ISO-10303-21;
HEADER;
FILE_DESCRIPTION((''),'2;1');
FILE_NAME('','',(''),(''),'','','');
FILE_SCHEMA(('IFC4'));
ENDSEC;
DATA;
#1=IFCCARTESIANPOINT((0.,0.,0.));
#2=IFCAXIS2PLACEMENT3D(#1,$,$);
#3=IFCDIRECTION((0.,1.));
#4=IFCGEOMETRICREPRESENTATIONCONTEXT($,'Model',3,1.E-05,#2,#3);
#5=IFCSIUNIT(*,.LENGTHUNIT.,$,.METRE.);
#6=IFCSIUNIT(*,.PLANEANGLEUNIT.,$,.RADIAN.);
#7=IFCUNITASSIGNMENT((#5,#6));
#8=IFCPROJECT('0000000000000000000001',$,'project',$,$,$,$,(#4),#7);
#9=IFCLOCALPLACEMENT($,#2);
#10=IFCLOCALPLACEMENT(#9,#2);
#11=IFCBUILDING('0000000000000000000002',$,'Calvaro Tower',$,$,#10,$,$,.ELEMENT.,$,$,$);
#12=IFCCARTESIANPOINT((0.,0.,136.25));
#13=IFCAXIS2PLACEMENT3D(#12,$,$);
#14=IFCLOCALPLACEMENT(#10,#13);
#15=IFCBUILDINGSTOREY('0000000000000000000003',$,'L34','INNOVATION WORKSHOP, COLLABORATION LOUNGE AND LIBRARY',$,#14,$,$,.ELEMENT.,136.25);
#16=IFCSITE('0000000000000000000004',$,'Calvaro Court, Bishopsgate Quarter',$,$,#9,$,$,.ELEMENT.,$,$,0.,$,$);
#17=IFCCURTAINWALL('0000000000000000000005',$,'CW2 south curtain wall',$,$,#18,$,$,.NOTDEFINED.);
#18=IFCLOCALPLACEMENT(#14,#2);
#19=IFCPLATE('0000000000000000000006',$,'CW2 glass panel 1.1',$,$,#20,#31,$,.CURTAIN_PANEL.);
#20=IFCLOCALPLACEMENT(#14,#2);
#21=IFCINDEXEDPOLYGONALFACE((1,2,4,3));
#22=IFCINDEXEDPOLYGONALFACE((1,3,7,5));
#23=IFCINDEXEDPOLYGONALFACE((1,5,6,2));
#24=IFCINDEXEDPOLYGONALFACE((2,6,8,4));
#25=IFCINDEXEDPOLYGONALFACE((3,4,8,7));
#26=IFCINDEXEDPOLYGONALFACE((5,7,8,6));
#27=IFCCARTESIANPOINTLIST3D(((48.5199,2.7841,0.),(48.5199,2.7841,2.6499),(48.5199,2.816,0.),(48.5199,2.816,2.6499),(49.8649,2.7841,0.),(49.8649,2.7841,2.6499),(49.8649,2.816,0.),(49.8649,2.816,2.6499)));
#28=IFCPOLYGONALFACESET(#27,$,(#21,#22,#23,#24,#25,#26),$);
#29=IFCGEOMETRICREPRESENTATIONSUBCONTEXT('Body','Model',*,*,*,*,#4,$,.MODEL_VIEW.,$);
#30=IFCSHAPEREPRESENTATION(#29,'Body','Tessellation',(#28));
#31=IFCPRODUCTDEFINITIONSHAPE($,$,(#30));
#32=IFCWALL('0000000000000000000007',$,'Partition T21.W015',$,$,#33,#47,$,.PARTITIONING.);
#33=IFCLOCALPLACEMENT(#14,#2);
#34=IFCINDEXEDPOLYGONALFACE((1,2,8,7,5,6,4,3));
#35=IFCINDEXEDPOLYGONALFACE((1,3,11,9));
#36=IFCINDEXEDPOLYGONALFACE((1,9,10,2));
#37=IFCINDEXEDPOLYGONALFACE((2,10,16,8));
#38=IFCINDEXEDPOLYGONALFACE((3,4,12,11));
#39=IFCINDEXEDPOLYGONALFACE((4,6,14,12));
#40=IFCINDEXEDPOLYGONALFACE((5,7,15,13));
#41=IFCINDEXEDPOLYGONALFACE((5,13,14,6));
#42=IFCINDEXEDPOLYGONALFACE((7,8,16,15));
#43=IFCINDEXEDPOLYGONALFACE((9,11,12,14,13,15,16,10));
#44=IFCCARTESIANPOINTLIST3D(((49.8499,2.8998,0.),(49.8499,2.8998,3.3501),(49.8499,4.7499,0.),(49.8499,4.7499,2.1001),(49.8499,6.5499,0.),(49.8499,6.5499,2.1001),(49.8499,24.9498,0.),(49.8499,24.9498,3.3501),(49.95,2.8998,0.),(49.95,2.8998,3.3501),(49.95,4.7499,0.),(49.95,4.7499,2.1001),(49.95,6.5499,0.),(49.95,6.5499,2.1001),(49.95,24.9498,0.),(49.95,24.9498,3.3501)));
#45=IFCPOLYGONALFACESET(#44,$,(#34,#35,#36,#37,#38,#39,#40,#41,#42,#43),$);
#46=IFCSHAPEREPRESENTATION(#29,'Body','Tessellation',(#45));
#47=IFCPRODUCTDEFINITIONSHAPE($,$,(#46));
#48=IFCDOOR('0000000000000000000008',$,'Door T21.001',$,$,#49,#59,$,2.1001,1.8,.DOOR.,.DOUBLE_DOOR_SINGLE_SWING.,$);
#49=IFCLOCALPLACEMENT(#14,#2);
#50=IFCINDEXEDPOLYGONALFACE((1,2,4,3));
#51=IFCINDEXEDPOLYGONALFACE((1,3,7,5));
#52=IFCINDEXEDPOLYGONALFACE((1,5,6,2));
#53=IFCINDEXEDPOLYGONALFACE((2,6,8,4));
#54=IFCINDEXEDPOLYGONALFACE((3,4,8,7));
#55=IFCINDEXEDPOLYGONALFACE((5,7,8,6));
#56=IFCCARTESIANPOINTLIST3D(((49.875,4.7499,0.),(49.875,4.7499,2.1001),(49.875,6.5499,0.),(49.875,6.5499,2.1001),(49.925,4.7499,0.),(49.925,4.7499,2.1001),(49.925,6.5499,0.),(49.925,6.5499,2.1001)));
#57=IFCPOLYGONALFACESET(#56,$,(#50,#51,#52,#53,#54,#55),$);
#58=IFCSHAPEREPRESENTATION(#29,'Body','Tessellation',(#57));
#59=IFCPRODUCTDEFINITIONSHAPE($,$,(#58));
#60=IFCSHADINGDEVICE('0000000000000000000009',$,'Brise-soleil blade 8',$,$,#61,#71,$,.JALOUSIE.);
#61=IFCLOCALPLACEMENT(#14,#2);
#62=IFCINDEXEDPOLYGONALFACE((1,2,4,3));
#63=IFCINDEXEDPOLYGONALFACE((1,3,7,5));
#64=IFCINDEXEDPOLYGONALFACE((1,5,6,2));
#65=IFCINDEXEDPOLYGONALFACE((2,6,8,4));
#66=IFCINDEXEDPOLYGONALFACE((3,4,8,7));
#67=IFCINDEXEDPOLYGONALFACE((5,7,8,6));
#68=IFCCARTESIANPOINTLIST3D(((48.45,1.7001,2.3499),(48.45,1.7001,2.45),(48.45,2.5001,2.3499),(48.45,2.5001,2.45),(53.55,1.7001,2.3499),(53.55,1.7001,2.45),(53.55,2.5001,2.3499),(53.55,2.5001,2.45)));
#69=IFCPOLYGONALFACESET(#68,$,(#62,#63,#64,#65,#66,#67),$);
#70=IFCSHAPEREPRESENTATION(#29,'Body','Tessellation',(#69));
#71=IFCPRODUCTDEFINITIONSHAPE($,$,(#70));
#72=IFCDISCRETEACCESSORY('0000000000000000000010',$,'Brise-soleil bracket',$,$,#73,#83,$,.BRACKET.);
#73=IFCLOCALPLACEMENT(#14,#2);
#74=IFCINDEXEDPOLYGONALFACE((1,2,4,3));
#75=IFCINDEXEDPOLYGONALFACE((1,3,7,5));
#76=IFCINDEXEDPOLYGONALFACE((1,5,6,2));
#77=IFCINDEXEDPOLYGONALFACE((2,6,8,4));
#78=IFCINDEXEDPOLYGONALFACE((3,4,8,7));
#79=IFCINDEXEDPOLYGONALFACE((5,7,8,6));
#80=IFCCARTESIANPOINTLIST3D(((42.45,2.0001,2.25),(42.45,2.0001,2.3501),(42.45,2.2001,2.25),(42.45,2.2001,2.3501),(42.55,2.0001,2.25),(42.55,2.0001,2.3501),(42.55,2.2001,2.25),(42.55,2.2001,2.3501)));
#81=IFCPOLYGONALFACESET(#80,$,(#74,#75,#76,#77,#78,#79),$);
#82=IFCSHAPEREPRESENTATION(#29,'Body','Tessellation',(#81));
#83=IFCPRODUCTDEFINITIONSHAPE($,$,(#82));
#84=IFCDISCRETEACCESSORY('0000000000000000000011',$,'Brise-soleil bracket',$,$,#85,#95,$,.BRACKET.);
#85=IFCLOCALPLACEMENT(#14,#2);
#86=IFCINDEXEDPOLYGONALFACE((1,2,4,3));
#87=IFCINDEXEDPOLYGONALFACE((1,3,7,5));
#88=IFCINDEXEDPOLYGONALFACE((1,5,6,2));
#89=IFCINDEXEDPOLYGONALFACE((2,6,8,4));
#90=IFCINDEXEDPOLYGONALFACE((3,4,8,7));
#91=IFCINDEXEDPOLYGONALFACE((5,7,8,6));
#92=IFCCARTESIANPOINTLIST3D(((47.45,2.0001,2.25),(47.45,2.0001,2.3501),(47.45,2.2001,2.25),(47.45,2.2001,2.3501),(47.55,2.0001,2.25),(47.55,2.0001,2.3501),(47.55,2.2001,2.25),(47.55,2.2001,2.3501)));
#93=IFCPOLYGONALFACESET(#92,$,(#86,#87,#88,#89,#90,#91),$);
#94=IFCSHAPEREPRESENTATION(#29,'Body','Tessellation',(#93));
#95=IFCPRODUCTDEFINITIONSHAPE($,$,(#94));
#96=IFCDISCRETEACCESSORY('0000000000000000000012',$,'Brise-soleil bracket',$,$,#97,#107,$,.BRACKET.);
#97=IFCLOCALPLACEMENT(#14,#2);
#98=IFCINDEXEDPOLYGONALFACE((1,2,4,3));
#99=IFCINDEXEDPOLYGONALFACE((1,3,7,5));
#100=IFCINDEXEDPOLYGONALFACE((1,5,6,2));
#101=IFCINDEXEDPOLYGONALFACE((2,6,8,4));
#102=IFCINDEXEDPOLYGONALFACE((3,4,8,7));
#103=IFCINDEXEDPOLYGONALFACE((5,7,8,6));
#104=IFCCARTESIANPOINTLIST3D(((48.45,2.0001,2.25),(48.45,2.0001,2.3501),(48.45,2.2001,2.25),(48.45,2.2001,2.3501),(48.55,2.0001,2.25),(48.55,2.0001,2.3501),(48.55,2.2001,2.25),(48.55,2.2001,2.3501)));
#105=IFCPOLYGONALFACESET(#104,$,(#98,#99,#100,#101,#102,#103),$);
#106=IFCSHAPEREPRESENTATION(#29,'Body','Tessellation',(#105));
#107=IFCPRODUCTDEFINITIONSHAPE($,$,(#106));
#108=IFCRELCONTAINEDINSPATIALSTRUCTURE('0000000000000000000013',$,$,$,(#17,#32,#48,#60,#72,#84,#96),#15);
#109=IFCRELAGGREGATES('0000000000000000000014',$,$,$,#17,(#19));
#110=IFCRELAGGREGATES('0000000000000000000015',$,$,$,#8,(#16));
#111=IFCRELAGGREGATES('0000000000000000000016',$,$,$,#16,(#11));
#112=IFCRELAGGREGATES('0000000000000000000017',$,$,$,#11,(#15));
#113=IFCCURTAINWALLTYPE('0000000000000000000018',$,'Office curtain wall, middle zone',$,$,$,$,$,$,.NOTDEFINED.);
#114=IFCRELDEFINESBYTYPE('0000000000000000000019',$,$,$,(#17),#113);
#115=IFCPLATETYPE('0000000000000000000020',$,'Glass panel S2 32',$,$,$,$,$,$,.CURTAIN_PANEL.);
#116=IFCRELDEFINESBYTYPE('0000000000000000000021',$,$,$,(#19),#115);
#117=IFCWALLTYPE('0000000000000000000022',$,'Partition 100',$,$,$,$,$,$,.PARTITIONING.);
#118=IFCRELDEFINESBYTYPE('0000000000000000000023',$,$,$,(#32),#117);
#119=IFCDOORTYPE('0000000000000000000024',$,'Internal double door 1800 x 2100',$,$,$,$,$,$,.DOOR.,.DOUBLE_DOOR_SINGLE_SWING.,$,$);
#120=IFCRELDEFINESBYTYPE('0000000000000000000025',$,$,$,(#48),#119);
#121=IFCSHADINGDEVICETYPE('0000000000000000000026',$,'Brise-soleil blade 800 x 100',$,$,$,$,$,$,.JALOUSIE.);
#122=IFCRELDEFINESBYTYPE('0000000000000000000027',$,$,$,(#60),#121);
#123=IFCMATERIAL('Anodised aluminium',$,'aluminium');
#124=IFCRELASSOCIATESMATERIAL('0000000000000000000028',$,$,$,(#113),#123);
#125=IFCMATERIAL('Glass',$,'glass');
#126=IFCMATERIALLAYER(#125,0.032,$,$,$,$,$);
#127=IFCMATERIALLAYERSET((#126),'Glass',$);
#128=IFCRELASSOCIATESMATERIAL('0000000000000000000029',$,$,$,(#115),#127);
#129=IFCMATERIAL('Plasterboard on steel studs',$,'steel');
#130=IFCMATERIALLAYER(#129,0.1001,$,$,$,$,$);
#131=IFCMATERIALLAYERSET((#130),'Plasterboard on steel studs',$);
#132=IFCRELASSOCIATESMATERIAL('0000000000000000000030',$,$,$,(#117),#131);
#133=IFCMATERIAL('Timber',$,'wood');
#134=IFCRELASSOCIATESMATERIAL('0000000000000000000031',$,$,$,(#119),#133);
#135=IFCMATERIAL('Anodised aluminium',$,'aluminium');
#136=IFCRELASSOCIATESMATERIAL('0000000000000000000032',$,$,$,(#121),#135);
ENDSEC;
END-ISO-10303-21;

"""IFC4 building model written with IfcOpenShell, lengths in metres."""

from ifc_helpers import new_model, si_unit, direction, frame, frame_2d, origin, origin_2d, place, context, subcontext, project, spatial, rectangle, extrude, material, layer, layer_set, material_profile, profile_set, type_object, element, fill, aggregate, save


model = new_model("IFC4")

# Units and contexts
model_context = context("Model", 3, precision=1e-05, world=origin(), true_north=direction((0.0, 1.0)))
body_context = subcontext(model_context, "Body", "Model", "MODEL_VIEW")
ifc_project = project(units=[si_unit("LENGTHUNIT", "METRE"), si_unit("PLANEANGLEUNIT", "RADIAN")], contexts=[model_context])

# Site, building, storey
site_placement = place(None, origin())
site = spatial("IfcSite", under=ifc_project, at=site_placement, Name="Calvaro Court, Bishopsgate Quarter", CompositionType="ELEMENT", RefElevation=0.0)
building_placement = place(site_placement, origin())
building = spatial("IfcBuilding", under=site, at=building_placement, Name="Calvaro Tower", CompositionType="ELEMENT")
storey_placement = place(building_placement, frame((0.0, 0.0, 136.25)))
storey = spatial("IfcBuildingStorey", under=building, at=storey_placement, Name="L34", Description="INNOVATION WORKSHOP, COLLABORATION LOUNGE AND LIBRARY", CompositionType="ELEMENT", Elevation=136.25)

# Curtain wall
ifc_material_1 = material(Name="Anodised aluminium", Category="aluminium")
curtain_wall_type = type_object("IfcCurtainWallType", Name="Office curtain wall, middle zone", PredefinedType="NOTDEFINED", material=ifc_material_1)
curtain_wall_1_placement = place(storey_placement, origin())
curtain_wall_1 = element("IfcCurtainWall", 1, at=curtain_wall_1_placement, inside=storey, type_object=curtain_wall_type, Name="CW2 south curtain wall", PredefinedType="NOTDEFINED")

# Plate
ifc_material_2 = material(Name="Glass", Category="glass")
ifc_layer_1 = layer(ifc_material_2, 0.032)
ifc_layer_set_1 = layer_set([ifc_layer_1], Name="Glass")
plate_type = type_object("IfcPlateType", Name="Glass panel S2 32", PredefinedType="CURTAIN_PANEL", material=ifc_layer_set_1)
plate_1_placement = place(storey_placement, frame((49.1924, 2.8, 0.0), z_axis=(0.0, 0.0, 1.0), x_axis=(1.0, 0.0, 0.0)))
plate_1 = element("IfcPlate", 2, at=plate_1_placement, type_object=plate_type, Name="CW2 glass panel 1.1", PredefinedType="CURTAIN_PANEL", context=body_context, shape_type="SweptSolid", body=[
    extrude(rectangle(XDim=1.345, YDim=0.032, at=origin_2d()), origin(), (0.0, 0.0, 1.0), 2.6499),
])
aggregate(curtain_wall_1, [plate_1])

# Wall, opening, door
ifc_material_3 = material(Name="Plasterboard on steel studs", Category="steel")
ifc_layer_2 = layer(ifc_material_3, 0.1001)
ifc_layer_set_2 = layer_set([ifc_layer_2], Name="Plasterboard on steel studs")
wall_type = type_object("IfcWallType", Name="Partition 100", PredefinedType="PARTITIONING", material=ifc_layer_set_2)
wall_placement = place(storey_placement, frame((49.8999, 2.8999, 0.0), z_axis=(0.0, 0.0, 1.0), x_axis=(0.0, 1.0, 0.0)))
wall = element("IfcWall", 3, at=wall_placement, inside=storey, type_object=wall_type, Name="Partition T21.W015", PredefinedType="PARTITIONING", context=body_context, shape_type="SweptSolid", body=[
    extrude(rectangle(XDim=22.05, YDim=0.1001, at=frame_2d((11.0249, 0.0))), origin(), (0.0, 0.0, 1.0), 3.3501),
])
opening_placement = place(wall_placement, frame((1.8501, 0.0, 0.0)))
opening = element("IfcOpeningElement", 4, at=opening_placement, cuts=wall, PredefinedType="OPENING", context=body_context, shape_type="SweptSolid", body=[
    extrude(rectangle(XDim=1.8, YDim=2.1001, at=frame_2d((0.8999, 1.05))), frame((0.0, 0.0601, 0.0), z_axis=(0.0, -1.0, 0.0), x_axis=(1.0, 0.0, 0.0)), (0.0, 0.0, 1.0), 0.1201),
])
ifc_material_4 = material(Name="Timber", Category="wood")
door_type = type_object("IfcDoorType", Name="Internal double door 1800 x 2100", OperationType="DOUBLE_DOOR_SINGLE_SWING", PredefinedType="DOOR", material=ifc_material_4)
door_placement = place(opening_placement, origin())
door = element("IfcDoor", 5, at=door_placement, inside=storey, type_object=door_type, Name="Door T21.001", OperationType="DOUBLE_DOOR_SINGLE_SWING", OverallHeight=2.1001, OverallWidth=1.8, PredefinedType="DOOR", context=body_context, shape_type="SweptSolid", body=[
    extrude(rectangle(XDim=1.8, YDim=2.1001, at=frame_2d((0.8999, 1.05))), frame((0.0, 0.0249, 0.0), z_axis=(0.0, -1.0, 0.0), x_axis=(1.0, 0.0, 0.0)), (0.0, 0.0, 1.0), 0.05),
])
fill(opening, door)

# Shading device
ifc_material_5 = material(Name="Anodised aluminium", Category="aluminium")
ifc_material_profile_1 = material_profile(ifc_material_5, rectangle(XDim=0.8, YDim=0.1001, at=origin_2d()), Name="Brise-soleil blade 800 x 100")
ifc_profile_set_1 = profile_set([ifc_material_profile_1], Name="Anodised aluminium")
shading_device_type = type_object("IfcShadingDeviceType", Name="Brise-soleil blade 800 x 100", PredefinedType="JALOUSIE", material=ifc_profile_set_1)
shading_device_placement = place(storey_placement, frame((48.45, 2.1001, 2.3999), z_axis=(1.0, 0.0, 0.0), x_axis=(0.0, 1.0, 0.0)))
element("IfcShadingDevice", 6, at=shading_device_placement, inside=storey, type_object=shading_device_type, Name="Brise-soleil blade 8", PredefinedType="JALOUSIE", context=body_context, shape_type="SweptSolid", body=[
    extrude(rectangle(XDim=0.8, YDim=0.1001, at=origin_2d()), origin(), (0.0, 0.0, 1.0), 5.1001),
])

# Discrete accessories
for number, where, z_axis, x_axis, name in (
    (7, (42.5, 2.1001, 2.25), (0.0, 0.0, 1.0), (1.0, 0.0, 0.0), "Brise-soleil bracket"),
    (8, (47.5, 2.1001, 2.25), (0.0, 0.0, 1.0), (1.0, 0.0, 0.0), "Brise-soleil bracket"),
    (9, (48.5, 2.1001, 2.25), (0.0, 0.0, 1.0), (1.0, 0.0, 0.0), "Brise-soleil bracket"),
):
    element("IfcDiscreteAccessory", number, at=place(storey_placement, frame(where, z_axis=z_axis, x_axis=x_axis)), inside=storey, Name=name, PredefinedType="BRACKET", context=body_context, shape_type="SweptSolid", body=[
        extrude(rectangle(XDim=0.1001, YDim=0.2, at=origin_2d()), origin(), (0.0, 0.0, 1.0), 0.1001),
    ])

save(model, "model.ifc")
